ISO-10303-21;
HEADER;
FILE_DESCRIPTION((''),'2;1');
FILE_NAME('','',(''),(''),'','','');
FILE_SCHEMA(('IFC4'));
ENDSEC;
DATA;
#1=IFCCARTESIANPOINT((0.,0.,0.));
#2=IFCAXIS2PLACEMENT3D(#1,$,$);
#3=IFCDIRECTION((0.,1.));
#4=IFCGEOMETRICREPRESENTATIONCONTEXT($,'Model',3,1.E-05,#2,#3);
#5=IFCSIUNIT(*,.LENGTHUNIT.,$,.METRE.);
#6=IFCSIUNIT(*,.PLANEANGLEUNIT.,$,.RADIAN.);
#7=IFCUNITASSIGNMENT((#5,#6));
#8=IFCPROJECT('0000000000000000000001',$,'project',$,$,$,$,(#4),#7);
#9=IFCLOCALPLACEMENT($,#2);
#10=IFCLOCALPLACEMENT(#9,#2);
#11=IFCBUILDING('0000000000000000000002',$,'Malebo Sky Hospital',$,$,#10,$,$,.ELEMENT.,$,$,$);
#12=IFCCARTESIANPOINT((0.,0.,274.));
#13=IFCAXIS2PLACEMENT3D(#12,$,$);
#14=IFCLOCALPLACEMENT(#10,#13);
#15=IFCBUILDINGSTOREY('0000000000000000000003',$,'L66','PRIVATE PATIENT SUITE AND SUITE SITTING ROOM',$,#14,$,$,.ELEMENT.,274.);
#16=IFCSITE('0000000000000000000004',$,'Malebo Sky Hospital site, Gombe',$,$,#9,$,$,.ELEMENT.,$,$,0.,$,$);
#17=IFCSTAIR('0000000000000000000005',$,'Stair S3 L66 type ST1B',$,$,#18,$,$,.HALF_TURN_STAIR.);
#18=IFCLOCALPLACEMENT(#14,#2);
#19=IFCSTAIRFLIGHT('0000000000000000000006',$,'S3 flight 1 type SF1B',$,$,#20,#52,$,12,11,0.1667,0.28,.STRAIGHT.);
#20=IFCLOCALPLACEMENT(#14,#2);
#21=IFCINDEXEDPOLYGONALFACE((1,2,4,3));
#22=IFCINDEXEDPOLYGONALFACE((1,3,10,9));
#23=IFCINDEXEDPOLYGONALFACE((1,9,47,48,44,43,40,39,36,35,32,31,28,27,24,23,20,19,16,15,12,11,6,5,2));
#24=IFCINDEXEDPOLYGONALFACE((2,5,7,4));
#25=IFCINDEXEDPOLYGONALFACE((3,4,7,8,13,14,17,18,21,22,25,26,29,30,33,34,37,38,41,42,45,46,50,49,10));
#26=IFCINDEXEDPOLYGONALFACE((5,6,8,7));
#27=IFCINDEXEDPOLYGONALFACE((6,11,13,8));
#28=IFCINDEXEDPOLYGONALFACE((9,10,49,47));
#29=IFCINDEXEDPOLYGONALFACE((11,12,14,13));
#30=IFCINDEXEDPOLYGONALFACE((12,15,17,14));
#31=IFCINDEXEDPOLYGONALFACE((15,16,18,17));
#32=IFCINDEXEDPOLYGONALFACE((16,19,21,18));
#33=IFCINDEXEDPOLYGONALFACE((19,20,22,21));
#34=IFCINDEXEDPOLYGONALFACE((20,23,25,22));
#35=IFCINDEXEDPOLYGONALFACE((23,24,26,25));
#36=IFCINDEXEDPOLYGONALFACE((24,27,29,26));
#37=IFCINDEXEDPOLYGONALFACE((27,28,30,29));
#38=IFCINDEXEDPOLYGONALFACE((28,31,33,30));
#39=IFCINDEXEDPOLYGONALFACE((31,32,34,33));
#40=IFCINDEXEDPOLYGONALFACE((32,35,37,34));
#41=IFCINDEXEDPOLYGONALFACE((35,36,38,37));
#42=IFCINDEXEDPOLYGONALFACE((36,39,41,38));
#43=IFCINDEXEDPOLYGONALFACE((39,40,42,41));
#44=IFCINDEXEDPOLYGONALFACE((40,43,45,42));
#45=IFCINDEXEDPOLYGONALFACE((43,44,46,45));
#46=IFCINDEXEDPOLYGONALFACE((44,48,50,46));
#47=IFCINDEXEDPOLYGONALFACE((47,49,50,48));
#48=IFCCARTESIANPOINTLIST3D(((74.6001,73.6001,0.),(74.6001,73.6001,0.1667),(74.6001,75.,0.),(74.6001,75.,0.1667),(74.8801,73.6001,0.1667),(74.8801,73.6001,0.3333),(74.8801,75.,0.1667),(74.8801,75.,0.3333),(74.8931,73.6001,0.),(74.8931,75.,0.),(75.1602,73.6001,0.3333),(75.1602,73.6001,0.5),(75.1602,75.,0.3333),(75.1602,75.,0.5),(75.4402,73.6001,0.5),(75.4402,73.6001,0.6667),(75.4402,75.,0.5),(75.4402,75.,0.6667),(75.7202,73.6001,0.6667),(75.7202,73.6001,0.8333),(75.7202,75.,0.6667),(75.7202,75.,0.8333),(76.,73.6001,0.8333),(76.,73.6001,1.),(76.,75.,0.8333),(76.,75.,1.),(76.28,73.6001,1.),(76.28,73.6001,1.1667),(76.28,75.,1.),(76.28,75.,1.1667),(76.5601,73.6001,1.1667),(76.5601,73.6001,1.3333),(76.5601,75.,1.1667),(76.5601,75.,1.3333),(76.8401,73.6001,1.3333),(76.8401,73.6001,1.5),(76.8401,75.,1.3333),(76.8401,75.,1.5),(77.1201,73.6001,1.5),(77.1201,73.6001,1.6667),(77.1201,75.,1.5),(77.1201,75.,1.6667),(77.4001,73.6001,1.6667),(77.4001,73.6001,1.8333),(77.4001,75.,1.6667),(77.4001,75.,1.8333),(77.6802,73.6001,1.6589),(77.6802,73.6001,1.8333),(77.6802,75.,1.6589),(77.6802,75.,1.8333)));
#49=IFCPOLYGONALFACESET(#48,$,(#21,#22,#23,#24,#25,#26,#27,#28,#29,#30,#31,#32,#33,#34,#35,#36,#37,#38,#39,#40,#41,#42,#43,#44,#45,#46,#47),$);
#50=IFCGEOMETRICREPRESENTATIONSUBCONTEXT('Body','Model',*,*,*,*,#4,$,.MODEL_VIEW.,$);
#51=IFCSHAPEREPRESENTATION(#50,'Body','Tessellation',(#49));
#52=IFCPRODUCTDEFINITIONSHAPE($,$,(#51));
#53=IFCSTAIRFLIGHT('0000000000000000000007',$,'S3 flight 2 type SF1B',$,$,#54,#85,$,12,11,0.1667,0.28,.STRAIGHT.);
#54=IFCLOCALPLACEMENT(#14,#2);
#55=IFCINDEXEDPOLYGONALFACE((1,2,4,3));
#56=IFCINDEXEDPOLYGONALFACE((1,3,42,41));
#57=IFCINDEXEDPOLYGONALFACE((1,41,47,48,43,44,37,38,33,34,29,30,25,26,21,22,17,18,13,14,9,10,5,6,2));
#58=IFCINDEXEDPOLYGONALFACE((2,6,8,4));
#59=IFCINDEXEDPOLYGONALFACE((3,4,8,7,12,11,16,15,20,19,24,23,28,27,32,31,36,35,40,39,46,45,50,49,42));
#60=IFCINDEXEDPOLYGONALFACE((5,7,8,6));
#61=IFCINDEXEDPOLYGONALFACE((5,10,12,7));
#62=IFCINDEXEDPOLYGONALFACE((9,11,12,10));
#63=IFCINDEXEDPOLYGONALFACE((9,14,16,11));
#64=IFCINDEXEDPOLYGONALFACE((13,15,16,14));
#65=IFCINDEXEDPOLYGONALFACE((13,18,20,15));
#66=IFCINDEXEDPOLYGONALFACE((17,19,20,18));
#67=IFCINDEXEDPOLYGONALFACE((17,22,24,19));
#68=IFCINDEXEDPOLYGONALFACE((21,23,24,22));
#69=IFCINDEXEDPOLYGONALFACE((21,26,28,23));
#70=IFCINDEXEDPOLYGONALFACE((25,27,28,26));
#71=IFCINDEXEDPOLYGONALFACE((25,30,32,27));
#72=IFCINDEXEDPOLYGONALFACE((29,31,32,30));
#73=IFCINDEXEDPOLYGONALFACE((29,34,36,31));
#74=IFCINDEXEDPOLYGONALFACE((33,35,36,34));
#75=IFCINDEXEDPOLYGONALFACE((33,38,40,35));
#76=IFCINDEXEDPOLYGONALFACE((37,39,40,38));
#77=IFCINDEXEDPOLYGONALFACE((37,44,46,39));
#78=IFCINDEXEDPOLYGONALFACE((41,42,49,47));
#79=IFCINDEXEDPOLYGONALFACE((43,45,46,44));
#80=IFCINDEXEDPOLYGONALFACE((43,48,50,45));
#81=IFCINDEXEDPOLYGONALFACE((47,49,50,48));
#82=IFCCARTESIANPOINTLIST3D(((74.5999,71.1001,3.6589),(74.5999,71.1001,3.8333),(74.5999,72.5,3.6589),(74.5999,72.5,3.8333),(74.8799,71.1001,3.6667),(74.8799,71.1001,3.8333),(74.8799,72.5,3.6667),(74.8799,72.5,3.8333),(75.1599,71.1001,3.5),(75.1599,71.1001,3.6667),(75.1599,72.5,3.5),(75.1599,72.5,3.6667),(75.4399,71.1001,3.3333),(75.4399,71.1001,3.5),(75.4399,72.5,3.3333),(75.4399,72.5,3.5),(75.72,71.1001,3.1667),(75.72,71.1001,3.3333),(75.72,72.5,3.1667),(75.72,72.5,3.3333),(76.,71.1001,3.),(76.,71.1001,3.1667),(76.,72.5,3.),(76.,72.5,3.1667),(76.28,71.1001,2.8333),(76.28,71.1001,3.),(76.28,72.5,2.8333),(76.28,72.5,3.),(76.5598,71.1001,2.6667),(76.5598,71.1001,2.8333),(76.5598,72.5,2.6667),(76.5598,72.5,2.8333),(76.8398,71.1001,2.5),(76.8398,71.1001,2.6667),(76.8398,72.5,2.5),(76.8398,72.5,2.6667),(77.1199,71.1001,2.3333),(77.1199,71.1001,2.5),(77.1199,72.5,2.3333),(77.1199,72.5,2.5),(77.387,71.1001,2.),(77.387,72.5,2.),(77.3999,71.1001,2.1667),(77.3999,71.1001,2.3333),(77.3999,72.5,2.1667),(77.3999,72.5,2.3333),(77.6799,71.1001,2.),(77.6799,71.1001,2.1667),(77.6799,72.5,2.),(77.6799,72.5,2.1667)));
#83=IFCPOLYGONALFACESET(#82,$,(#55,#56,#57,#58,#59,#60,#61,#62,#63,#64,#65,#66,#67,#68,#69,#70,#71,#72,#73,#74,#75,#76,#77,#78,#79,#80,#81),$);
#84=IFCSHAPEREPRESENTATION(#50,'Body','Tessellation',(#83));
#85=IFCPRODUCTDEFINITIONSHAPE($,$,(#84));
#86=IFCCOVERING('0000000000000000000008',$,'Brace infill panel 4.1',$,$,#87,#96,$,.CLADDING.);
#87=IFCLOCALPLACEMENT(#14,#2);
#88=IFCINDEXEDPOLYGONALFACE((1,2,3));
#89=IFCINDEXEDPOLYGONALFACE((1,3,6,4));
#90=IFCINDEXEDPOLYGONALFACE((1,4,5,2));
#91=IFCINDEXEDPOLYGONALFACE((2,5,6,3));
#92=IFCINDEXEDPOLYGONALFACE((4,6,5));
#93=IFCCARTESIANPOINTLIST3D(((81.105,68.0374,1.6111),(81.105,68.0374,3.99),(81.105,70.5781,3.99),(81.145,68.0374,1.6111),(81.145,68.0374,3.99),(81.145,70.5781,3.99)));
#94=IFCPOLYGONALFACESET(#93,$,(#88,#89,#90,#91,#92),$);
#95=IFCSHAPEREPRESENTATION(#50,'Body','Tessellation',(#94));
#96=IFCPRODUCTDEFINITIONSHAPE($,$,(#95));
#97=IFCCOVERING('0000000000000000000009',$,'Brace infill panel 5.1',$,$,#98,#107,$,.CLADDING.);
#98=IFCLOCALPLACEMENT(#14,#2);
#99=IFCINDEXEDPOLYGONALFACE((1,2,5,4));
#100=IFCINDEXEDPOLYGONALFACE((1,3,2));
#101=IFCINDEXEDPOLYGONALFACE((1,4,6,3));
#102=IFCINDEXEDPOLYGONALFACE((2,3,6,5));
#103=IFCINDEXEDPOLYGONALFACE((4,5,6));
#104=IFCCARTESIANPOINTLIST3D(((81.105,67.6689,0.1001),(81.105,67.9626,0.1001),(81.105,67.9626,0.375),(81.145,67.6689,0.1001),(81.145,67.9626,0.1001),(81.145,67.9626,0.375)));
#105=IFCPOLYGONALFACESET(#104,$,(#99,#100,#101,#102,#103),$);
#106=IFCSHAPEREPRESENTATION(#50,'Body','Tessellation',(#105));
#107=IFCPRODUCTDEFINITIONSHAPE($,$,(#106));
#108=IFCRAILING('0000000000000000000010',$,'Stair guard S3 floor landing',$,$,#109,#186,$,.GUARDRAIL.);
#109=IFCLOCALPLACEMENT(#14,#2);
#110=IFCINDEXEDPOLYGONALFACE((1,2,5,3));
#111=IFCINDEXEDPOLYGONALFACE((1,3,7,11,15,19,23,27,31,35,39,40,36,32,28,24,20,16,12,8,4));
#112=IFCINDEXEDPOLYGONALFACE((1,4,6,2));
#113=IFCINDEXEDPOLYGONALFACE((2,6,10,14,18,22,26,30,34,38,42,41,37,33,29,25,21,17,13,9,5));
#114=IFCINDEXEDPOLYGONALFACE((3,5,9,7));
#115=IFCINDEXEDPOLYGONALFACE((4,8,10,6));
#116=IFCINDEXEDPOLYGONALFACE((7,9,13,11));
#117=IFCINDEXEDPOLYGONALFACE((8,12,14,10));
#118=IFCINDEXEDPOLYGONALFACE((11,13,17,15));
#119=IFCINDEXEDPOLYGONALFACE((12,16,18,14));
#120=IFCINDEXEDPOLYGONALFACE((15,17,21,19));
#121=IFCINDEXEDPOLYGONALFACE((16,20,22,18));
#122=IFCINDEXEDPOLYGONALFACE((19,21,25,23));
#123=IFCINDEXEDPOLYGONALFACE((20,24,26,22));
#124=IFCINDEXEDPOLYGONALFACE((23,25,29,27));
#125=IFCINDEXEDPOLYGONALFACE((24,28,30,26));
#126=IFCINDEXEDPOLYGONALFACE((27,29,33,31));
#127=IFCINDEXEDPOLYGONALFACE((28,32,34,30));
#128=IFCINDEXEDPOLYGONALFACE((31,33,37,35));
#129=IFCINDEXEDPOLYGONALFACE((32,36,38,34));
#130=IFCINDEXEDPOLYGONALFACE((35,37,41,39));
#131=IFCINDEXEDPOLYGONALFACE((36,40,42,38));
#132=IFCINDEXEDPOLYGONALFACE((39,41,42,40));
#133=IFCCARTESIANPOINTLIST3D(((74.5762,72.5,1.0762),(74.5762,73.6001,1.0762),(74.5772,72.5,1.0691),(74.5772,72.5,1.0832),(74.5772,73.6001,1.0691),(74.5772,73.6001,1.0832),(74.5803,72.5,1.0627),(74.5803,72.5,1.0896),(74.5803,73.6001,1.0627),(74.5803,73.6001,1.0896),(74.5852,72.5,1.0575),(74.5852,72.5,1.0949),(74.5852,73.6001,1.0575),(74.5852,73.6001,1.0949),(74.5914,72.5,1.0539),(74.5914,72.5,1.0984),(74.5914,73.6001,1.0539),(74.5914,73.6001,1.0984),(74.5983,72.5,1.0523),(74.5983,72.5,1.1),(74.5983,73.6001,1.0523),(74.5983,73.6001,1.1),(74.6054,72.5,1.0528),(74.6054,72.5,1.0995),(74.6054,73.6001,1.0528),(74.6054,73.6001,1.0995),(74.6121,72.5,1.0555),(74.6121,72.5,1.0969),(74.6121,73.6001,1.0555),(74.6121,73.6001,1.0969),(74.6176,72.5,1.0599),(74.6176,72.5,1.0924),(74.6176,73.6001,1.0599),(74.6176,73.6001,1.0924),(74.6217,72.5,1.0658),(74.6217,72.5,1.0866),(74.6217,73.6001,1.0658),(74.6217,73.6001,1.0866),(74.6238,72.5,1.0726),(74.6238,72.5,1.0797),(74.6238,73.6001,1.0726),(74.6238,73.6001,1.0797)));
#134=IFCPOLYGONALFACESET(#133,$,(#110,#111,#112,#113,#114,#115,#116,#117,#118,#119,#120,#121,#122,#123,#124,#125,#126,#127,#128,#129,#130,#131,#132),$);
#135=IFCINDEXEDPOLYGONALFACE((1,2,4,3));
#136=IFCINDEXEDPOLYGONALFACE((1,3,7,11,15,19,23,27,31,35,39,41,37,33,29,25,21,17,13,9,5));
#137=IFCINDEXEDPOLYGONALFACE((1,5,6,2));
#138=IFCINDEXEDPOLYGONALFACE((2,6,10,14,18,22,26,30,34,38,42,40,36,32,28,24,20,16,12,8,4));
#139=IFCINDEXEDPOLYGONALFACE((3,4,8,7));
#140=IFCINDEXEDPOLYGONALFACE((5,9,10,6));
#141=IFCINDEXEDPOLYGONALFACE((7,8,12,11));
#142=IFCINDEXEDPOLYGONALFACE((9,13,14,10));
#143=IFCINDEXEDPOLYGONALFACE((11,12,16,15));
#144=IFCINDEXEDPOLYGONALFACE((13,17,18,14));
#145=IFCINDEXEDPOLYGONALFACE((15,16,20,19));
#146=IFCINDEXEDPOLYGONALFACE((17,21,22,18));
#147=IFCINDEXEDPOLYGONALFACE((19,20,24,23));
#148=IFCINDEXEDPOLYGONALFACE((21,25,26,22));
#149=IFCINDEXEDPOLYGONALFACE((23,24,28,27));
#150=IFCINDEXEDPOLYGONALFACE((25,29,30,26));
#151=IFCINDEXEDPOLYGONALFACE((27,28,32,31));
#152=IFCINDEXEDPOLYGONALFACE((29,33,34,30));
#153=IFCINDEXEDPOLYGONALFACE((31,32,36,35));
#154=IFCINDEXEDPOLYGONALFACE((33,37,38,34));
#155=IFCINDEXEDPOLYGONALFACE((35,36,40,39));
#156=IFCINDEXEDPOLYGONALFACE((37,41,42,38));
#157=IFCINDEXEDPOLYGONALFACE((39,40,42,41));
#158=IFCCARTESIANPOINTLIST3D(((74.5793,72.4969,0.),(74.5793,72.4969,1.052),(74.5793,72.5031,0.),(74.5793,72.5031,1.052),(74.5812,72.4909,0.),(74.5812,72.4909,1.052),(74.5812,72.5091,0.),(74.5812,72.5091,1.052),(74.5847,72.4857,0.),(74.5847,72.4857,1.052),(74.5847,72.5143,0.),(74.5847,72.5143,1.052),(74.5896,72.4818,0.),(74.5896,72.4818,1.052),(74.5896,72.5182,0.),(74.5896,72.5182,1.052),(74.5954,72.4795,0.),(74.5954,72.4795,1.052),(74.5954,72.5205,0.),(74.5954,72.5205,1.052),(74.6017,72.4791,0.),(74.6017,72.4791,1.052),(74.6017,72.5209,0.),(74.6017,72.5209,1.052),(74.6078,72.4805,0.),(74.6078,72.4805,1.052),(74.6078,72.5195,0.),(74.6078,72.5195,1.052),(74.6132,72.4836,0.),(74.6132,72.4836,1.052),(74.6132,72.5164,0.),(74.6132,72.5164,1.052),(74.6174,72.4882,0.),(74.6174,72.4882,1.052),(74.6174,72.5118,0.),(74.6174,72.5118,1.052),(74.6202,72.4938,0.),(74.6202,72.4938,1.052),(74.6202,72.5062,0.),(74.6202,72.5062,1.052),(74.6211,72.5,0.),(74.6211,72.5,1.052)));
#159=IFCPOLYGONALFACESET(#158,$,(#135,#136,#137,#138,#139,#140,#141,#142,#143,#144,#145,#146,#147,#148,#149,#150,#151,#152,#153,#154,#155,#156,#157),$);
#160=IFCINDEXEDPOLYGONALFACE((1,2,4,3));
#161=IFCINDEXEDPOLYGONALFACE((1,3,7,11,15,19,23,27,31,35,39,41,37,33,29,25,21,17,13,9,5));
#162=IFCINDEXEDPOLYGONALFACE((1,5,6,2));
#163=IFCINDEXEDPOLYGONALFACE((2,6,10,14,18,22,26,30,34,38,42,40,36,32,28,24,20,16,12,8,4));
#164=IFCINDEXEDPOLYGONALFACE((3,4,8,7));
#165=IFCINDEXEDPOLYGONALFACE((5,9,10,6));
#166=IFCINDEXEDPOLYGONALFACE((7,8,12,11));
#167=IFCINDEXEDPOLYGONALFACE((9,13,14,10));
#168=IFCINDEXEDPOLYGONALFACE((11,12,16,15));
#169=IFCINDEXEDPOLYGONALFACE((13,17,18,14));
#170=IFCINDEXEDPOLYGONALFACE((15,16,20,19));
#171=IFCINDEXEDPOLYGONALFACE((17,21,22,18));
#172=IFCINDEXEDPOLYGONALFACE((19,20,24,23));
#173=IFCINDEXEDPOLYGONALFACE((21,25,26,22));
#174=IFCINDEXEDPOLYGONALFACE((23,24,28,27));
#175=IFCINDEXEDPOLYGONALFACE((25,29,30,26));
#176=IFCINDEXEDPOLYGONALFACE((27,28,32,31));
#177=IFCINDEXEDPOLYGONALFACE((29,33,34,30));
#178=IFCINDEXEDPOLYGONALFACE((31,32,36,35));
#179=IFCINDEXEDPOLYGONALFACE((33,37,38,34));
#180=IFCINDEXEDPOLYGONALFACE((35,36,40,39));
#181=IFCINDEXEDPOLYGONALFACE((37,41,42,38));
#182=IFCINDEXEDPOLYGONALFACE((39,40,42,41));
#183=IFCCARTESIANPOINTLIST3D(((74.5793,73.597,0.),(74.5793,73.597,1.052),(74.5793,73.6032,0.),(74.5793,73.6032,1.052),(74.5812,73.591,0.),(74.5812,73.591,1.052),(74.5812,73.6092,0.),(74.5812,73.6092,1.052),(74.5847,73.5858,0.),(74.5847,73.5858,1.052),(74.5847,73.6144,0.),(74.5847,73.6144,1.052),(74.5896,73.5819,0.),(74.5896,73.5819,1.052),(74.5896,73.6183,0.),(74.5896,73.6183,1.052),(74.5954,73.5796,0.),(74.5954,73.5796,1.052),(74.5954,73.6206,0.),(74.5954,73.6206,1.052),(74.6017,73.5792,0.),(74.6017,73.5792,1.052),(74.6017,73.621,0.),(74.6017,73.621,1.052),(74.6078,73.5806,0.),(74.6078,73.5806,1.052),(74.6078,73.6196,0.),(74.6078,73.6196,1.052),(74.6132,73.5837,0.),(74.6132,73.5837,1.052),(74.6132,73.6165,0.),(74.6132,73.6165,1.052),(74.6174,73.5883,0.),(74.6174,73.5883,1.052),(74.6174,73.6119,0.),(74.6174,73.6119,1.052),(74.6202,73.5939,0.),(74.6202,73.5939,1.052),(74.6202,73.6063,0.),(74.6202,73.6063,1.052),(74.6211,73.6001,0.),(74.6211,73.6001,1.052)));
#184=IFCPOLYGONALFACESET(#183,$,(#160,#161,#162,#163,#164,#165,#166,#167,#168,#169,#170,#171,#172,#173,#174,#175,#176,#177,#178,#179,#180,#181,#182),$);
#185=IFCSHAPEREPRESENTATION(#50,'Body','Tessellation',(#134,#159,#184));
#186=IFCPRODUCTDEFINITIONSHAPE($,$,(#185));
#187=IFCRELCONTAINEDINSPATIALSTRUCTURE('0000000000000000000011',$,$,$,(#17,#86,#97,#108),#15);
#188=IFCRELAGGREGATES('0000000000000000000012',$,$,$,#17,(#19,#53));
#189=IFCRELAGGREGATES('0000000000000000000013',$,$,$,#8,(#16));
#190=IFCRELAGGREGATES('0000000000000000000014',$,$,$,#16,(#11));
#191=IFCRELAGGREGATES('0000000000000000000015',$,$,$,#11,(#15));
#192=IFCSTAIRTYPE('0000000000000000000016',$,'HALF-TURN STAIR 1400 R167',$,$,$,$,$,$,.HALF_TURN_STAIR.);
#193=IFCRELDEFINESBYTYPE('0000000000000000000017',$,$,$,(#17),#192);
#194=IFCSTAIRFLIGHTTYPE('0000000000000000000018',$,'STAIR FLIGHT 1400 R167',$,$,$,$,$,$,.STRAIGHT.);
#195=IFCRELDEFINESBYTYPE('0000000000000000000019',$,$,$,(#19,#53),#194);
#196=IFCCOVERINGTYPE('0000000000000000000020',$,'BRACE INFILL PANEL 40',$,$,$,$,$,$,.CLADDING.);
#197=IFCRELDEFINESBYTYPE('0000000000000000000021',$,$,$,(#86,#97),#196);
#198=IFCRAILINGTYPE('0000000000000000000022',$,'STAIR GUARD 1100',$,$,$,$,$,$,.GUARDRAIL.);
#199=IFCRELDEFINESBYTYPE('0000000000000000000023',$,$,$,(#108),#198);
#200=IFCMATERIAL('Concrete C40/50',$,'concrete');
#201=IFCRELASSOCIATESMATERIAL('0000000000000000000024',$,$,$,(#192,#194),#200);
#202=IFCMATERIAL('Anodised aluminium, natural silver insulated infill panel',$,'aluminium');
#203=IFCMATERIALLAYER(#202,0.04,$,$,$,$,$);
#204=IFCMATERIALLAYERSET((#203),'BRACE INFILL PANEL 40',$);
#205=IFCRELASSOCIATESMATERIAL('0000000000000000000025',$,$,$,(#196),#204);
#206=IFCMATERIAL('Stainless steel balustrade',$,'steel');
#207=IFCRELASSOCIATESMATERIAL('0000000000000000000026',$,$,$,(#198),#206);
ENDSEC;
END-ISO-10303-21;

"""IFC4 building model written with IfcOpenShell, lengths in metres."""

from ifc_helpers import new_model, si_unit, direction, frame, origin, origin_2d, place, context, subcontext, project, spatial, polyline, circle, outline, extrude, material, layer, layer_set, type_object, element, aggregate, save


model = new_model("IFC4")

# Units and contexts
model_context = context("Model", 3, precision=1e-05, world=origin(), true_north=direction((0.0, 1.0)))
body_context = subcontext(model_context, "Body", "Model", "MODEL_VIEW")
ifc_project = project(units=[si_unit("LENGTHUNIT", "METRE"), si_unit("PLANEANGLEUNIT", "RADIAN")], contexts=[model_context])

# Site, building, storey
site_placement = place(None, origin())
site = spatial("IfcSite", under=ifc_project, at=site_placement, Name="Malebo Sky Hospital site, Gombe", CompositionType="ELEMENT", RefElevation=0.0)
building_placement = place(site_placement, origin())
building = spatial("IfcBuilding", under=site, at=building_placement, Name="Malebo Sky Hospital", CompositionType="ELEMENT")
storey_placement = place(building_placement, frame((0.0, 0.0, 274.0)))
storey = spatial("IfcBuildingStorey", under=building, at=storey_placement, Name="L66", Description="PRIVATE PATIENT SUITE AND SUITE SITTING ROOM", CompositionType="ELEMENT", Elevation=274.0)

# Shared definitions
ifc_material_1 = material(Name="Concrete C40/50", Category="concrete")

# Stair, stair flights
stair_type = type_object("IfcStairType", Name="HALF-TURN STAIR 1400 R167", PredefinedType="HALF_TURN_STAIR", material=ifc_material_1)
stair_placement = place(storey_placement, origin())
stair = element("IfcStair", 1, at=stair_placement, inside=storey, type_object=stair_type, Name="Stair S3 L66 type ST1B", PredefinedType="HALF_TURN_STAIR")
stair_flight_type = type_object("IfcStairFlightType", Name="STAIR FLIGHT 1400 R167", PredefinedType="STRAIGHT", material=ifc_material_1)
stair_flight_1_placement = place(storey_placement, frame((74.6001, 74.3, 0.0), z_axis=(0.0, 0.0, 1.0), x_axis=(1.0, 0.0, 0.0)))
stair_flight_1 = element("IfcStairFlight", 2, at=stair_flight_1_placement, type_object=stair_flight_type, Name="S3 flight 1 type SF1B", NumberOfRisers=12, NumberOfTreads=11, PredefinedType="STRAIGHT", RiserHeight=0.1667, TreadLength=0.28, context=body_context, shape_type="SweptSolid", body=[
    extrude(outline(polyline([(0.0, 0.0), (0.0, 0.1667), (0.28, 0.1667), (0.28, 0.3333), (0.5601, 0.3333), (0.5601, 0.5), (0.8401, 0.5), (0.8401, 0.6667), (1.1201, 0.6667), (1.1201, 0.8333), (1.3999, 0.8333), (1.3999, 1.0), (1.6799, 1.0), (1.6799, 1.1667), (1.96, 1.1667), (1.96, 1.3333), (2.24, 1.3333), (2.24, 1.5), (2.52, 1.5), (2.52, 1.6667), (2.8, 1.6667), (2.8, 1.8333), (3.0801, 1.8333), (3.0801, 2.0), (3.0801, 1.6589), (0.293, 0.0), (0.0, 0.0)])), frame((0.0, 0.7, 0.0), z_axis=(0.0, -1.0, 0.0), x_axis=(1.0, 0.0, 0.0)), (0.0, 0.0, 1.0), 1.3999),
])
stair_flight_2_placement = place(storey_placement, frame((77.6799, 71.8, 2.0), z_axis=(0.0, 0.0, 1.0), x_axis=(-1.0, 0.0, 0.0)))
stair_flight_2 = element("IfcStairFlight", 3, at=stair_flight_2_placement, type_object=stair_flight_type, Name="S3 flight 2 type SF1B", NumberOfRisers=12, NumberOfTreads=11, PredefinedType="STRAIGHT", RiserHeight=0.1667, TreadLength=0.28, context=body_context, shape_type="SweptSolid", body=[
    extrude(outline(polyline([(0.0, 0.0), (0.0, 0.1667), (0.28, 0.1667), (0.28, 0.3333), (0.5601, 0.3333), (0.5601, 0.5), (0.8401, 0.5), (0.8401, 0.6667), (1.1201, 0.6667), (1.1201, 0.8333), (1.3999, 0.8333), (1.3999, 1.0), (1.6799, 1.0), (1.6799, 1.1667), (1.96, 1.1667), (1.96, 1.3333), (2.24, 1.3333), (2.24, 1.5), (2.52, 1.5), (2.52, 1.6667), (2.8, 1.6667), (2.8, 1.8333), (3.0801, 1.8333), (3.0801, 2.0), (3.0801, 1.6589), (0.293, 0.0), (0.0, 0.0)])), frame((0.0, 0.7, 0.0), z_axis=(0.0, -1.0, 0.0), x_axis=(1.0, 0.0, 0.0)), (0.0, 0.0, 1.0), 1.3999),
])
aggregate(stair, [stair_flight_1, stair_flight_2])

# Coverings
ifc_material_2 = material(Name="Anodised aluminium, natural silver insulated infill panel", Category="aluminium")
ifc_layer_1 = layer(ifc_material_2, 0.04)
ifc_layer_set_1 = layer_set([ifc_layer_1], Name="BRACE INFILL PANEL 40")
covering_type = type_object("IfcCoveringType", Name="BRACE INFILL PANEL 40", PredefinedType="CLADDING", material=ifc_layer_set_1)
covering_1_placement = place(storey_placement, frame((81.125, 69.3079, 1.6111), z_axis=(0.0, 0.0, 1.0), x_axis=(0.0, -1.0, 0.0)))
element("IfcCovering", 4, at=covering_1_placement, inside=storey, type_object=covering_type, Name="Brace infill panel 4.1", PredefinedType="CLADDING", context=body_context, shape_type="SweptSolid", body=[
    extrude(outline(polyline([(1.2705, 0.0), (1.2705, 2.3789), (-1.2703, 2.3789), (1.2705, 0.0)])), frame((0.0, 0.02, 0.0), z_axis=(0.0, -1.0, 0.0), x_axis=(1.0, 0.0, 0.0)), (0.0, 0.0, 1.0), 0.04),
])
covering_2_placement = place(storey_placement, frame((81.125, 67.8157, 0.1001), z_axis=(0.0, 0.0, 1.0), x_axis=(0.0, -1.0, 0.0)))
element("IfcCovering", 5, at=covering_2_placement, inside=storey, type_object=covering_type, Name="Brace infill panel 5.1", PredefinedType="CLADDING", context=body_context, shape_type="SweptSolid", body=[
    extrude(outline(polyline([(-0.147, 0.0), (0.1467, 0.0), (-0.147, 0.2749), (-0.147, 0.0)])), frame((0.0, 0.02, 0.0), z_axis=(0.0, -1.0, 0.0), x_axis=(1.0, 0.0, 0.0)), (0.0, 0.0, 1.0), 0.04),
])

# Railing
ifc_material_3 = material(Name="Stainless steel balustrade", Category="steel")
railing_type_1 = type_object("IfcRailingType", Name="STAIR GUARD 1100", PredefinedType="GUARDRAIL", material=ifc_material_3)
for number, where, name in (
    (6, (74.6001, 72.5, 0.0), "Stair guard S3 floor landing"),
):
    element("IfcRailing", number, at=place(storey_placement, frame(where)), inside=storey, type_object=railing_type_1, Name=name, PredefinedType="GUARDRAIL", context=body_context, shape_type="SweptSolid", body=[
        extrude(circle(Radius=0.0239, at=origin_2d()), frame((0.0, 0.0, 1.0762), z_axis=(0.0, 1.0, 0.0), x_axis=(-1.0, 0.0, 0.0)), (0.0, 0.0, 1.0), 1.1001),
        extrude(circle(Radius=0.021, at=origin_2d()), origin(), (0.0, 0.0, 1.0), 1.052),
        extrude(circle(Radius=0.021, at=origin_2d()), frame((0.0, 1.1001, 0.0)), (0.0, 0.0, 1.0), 1.052),
    ])

save(model, "model.ifc")
